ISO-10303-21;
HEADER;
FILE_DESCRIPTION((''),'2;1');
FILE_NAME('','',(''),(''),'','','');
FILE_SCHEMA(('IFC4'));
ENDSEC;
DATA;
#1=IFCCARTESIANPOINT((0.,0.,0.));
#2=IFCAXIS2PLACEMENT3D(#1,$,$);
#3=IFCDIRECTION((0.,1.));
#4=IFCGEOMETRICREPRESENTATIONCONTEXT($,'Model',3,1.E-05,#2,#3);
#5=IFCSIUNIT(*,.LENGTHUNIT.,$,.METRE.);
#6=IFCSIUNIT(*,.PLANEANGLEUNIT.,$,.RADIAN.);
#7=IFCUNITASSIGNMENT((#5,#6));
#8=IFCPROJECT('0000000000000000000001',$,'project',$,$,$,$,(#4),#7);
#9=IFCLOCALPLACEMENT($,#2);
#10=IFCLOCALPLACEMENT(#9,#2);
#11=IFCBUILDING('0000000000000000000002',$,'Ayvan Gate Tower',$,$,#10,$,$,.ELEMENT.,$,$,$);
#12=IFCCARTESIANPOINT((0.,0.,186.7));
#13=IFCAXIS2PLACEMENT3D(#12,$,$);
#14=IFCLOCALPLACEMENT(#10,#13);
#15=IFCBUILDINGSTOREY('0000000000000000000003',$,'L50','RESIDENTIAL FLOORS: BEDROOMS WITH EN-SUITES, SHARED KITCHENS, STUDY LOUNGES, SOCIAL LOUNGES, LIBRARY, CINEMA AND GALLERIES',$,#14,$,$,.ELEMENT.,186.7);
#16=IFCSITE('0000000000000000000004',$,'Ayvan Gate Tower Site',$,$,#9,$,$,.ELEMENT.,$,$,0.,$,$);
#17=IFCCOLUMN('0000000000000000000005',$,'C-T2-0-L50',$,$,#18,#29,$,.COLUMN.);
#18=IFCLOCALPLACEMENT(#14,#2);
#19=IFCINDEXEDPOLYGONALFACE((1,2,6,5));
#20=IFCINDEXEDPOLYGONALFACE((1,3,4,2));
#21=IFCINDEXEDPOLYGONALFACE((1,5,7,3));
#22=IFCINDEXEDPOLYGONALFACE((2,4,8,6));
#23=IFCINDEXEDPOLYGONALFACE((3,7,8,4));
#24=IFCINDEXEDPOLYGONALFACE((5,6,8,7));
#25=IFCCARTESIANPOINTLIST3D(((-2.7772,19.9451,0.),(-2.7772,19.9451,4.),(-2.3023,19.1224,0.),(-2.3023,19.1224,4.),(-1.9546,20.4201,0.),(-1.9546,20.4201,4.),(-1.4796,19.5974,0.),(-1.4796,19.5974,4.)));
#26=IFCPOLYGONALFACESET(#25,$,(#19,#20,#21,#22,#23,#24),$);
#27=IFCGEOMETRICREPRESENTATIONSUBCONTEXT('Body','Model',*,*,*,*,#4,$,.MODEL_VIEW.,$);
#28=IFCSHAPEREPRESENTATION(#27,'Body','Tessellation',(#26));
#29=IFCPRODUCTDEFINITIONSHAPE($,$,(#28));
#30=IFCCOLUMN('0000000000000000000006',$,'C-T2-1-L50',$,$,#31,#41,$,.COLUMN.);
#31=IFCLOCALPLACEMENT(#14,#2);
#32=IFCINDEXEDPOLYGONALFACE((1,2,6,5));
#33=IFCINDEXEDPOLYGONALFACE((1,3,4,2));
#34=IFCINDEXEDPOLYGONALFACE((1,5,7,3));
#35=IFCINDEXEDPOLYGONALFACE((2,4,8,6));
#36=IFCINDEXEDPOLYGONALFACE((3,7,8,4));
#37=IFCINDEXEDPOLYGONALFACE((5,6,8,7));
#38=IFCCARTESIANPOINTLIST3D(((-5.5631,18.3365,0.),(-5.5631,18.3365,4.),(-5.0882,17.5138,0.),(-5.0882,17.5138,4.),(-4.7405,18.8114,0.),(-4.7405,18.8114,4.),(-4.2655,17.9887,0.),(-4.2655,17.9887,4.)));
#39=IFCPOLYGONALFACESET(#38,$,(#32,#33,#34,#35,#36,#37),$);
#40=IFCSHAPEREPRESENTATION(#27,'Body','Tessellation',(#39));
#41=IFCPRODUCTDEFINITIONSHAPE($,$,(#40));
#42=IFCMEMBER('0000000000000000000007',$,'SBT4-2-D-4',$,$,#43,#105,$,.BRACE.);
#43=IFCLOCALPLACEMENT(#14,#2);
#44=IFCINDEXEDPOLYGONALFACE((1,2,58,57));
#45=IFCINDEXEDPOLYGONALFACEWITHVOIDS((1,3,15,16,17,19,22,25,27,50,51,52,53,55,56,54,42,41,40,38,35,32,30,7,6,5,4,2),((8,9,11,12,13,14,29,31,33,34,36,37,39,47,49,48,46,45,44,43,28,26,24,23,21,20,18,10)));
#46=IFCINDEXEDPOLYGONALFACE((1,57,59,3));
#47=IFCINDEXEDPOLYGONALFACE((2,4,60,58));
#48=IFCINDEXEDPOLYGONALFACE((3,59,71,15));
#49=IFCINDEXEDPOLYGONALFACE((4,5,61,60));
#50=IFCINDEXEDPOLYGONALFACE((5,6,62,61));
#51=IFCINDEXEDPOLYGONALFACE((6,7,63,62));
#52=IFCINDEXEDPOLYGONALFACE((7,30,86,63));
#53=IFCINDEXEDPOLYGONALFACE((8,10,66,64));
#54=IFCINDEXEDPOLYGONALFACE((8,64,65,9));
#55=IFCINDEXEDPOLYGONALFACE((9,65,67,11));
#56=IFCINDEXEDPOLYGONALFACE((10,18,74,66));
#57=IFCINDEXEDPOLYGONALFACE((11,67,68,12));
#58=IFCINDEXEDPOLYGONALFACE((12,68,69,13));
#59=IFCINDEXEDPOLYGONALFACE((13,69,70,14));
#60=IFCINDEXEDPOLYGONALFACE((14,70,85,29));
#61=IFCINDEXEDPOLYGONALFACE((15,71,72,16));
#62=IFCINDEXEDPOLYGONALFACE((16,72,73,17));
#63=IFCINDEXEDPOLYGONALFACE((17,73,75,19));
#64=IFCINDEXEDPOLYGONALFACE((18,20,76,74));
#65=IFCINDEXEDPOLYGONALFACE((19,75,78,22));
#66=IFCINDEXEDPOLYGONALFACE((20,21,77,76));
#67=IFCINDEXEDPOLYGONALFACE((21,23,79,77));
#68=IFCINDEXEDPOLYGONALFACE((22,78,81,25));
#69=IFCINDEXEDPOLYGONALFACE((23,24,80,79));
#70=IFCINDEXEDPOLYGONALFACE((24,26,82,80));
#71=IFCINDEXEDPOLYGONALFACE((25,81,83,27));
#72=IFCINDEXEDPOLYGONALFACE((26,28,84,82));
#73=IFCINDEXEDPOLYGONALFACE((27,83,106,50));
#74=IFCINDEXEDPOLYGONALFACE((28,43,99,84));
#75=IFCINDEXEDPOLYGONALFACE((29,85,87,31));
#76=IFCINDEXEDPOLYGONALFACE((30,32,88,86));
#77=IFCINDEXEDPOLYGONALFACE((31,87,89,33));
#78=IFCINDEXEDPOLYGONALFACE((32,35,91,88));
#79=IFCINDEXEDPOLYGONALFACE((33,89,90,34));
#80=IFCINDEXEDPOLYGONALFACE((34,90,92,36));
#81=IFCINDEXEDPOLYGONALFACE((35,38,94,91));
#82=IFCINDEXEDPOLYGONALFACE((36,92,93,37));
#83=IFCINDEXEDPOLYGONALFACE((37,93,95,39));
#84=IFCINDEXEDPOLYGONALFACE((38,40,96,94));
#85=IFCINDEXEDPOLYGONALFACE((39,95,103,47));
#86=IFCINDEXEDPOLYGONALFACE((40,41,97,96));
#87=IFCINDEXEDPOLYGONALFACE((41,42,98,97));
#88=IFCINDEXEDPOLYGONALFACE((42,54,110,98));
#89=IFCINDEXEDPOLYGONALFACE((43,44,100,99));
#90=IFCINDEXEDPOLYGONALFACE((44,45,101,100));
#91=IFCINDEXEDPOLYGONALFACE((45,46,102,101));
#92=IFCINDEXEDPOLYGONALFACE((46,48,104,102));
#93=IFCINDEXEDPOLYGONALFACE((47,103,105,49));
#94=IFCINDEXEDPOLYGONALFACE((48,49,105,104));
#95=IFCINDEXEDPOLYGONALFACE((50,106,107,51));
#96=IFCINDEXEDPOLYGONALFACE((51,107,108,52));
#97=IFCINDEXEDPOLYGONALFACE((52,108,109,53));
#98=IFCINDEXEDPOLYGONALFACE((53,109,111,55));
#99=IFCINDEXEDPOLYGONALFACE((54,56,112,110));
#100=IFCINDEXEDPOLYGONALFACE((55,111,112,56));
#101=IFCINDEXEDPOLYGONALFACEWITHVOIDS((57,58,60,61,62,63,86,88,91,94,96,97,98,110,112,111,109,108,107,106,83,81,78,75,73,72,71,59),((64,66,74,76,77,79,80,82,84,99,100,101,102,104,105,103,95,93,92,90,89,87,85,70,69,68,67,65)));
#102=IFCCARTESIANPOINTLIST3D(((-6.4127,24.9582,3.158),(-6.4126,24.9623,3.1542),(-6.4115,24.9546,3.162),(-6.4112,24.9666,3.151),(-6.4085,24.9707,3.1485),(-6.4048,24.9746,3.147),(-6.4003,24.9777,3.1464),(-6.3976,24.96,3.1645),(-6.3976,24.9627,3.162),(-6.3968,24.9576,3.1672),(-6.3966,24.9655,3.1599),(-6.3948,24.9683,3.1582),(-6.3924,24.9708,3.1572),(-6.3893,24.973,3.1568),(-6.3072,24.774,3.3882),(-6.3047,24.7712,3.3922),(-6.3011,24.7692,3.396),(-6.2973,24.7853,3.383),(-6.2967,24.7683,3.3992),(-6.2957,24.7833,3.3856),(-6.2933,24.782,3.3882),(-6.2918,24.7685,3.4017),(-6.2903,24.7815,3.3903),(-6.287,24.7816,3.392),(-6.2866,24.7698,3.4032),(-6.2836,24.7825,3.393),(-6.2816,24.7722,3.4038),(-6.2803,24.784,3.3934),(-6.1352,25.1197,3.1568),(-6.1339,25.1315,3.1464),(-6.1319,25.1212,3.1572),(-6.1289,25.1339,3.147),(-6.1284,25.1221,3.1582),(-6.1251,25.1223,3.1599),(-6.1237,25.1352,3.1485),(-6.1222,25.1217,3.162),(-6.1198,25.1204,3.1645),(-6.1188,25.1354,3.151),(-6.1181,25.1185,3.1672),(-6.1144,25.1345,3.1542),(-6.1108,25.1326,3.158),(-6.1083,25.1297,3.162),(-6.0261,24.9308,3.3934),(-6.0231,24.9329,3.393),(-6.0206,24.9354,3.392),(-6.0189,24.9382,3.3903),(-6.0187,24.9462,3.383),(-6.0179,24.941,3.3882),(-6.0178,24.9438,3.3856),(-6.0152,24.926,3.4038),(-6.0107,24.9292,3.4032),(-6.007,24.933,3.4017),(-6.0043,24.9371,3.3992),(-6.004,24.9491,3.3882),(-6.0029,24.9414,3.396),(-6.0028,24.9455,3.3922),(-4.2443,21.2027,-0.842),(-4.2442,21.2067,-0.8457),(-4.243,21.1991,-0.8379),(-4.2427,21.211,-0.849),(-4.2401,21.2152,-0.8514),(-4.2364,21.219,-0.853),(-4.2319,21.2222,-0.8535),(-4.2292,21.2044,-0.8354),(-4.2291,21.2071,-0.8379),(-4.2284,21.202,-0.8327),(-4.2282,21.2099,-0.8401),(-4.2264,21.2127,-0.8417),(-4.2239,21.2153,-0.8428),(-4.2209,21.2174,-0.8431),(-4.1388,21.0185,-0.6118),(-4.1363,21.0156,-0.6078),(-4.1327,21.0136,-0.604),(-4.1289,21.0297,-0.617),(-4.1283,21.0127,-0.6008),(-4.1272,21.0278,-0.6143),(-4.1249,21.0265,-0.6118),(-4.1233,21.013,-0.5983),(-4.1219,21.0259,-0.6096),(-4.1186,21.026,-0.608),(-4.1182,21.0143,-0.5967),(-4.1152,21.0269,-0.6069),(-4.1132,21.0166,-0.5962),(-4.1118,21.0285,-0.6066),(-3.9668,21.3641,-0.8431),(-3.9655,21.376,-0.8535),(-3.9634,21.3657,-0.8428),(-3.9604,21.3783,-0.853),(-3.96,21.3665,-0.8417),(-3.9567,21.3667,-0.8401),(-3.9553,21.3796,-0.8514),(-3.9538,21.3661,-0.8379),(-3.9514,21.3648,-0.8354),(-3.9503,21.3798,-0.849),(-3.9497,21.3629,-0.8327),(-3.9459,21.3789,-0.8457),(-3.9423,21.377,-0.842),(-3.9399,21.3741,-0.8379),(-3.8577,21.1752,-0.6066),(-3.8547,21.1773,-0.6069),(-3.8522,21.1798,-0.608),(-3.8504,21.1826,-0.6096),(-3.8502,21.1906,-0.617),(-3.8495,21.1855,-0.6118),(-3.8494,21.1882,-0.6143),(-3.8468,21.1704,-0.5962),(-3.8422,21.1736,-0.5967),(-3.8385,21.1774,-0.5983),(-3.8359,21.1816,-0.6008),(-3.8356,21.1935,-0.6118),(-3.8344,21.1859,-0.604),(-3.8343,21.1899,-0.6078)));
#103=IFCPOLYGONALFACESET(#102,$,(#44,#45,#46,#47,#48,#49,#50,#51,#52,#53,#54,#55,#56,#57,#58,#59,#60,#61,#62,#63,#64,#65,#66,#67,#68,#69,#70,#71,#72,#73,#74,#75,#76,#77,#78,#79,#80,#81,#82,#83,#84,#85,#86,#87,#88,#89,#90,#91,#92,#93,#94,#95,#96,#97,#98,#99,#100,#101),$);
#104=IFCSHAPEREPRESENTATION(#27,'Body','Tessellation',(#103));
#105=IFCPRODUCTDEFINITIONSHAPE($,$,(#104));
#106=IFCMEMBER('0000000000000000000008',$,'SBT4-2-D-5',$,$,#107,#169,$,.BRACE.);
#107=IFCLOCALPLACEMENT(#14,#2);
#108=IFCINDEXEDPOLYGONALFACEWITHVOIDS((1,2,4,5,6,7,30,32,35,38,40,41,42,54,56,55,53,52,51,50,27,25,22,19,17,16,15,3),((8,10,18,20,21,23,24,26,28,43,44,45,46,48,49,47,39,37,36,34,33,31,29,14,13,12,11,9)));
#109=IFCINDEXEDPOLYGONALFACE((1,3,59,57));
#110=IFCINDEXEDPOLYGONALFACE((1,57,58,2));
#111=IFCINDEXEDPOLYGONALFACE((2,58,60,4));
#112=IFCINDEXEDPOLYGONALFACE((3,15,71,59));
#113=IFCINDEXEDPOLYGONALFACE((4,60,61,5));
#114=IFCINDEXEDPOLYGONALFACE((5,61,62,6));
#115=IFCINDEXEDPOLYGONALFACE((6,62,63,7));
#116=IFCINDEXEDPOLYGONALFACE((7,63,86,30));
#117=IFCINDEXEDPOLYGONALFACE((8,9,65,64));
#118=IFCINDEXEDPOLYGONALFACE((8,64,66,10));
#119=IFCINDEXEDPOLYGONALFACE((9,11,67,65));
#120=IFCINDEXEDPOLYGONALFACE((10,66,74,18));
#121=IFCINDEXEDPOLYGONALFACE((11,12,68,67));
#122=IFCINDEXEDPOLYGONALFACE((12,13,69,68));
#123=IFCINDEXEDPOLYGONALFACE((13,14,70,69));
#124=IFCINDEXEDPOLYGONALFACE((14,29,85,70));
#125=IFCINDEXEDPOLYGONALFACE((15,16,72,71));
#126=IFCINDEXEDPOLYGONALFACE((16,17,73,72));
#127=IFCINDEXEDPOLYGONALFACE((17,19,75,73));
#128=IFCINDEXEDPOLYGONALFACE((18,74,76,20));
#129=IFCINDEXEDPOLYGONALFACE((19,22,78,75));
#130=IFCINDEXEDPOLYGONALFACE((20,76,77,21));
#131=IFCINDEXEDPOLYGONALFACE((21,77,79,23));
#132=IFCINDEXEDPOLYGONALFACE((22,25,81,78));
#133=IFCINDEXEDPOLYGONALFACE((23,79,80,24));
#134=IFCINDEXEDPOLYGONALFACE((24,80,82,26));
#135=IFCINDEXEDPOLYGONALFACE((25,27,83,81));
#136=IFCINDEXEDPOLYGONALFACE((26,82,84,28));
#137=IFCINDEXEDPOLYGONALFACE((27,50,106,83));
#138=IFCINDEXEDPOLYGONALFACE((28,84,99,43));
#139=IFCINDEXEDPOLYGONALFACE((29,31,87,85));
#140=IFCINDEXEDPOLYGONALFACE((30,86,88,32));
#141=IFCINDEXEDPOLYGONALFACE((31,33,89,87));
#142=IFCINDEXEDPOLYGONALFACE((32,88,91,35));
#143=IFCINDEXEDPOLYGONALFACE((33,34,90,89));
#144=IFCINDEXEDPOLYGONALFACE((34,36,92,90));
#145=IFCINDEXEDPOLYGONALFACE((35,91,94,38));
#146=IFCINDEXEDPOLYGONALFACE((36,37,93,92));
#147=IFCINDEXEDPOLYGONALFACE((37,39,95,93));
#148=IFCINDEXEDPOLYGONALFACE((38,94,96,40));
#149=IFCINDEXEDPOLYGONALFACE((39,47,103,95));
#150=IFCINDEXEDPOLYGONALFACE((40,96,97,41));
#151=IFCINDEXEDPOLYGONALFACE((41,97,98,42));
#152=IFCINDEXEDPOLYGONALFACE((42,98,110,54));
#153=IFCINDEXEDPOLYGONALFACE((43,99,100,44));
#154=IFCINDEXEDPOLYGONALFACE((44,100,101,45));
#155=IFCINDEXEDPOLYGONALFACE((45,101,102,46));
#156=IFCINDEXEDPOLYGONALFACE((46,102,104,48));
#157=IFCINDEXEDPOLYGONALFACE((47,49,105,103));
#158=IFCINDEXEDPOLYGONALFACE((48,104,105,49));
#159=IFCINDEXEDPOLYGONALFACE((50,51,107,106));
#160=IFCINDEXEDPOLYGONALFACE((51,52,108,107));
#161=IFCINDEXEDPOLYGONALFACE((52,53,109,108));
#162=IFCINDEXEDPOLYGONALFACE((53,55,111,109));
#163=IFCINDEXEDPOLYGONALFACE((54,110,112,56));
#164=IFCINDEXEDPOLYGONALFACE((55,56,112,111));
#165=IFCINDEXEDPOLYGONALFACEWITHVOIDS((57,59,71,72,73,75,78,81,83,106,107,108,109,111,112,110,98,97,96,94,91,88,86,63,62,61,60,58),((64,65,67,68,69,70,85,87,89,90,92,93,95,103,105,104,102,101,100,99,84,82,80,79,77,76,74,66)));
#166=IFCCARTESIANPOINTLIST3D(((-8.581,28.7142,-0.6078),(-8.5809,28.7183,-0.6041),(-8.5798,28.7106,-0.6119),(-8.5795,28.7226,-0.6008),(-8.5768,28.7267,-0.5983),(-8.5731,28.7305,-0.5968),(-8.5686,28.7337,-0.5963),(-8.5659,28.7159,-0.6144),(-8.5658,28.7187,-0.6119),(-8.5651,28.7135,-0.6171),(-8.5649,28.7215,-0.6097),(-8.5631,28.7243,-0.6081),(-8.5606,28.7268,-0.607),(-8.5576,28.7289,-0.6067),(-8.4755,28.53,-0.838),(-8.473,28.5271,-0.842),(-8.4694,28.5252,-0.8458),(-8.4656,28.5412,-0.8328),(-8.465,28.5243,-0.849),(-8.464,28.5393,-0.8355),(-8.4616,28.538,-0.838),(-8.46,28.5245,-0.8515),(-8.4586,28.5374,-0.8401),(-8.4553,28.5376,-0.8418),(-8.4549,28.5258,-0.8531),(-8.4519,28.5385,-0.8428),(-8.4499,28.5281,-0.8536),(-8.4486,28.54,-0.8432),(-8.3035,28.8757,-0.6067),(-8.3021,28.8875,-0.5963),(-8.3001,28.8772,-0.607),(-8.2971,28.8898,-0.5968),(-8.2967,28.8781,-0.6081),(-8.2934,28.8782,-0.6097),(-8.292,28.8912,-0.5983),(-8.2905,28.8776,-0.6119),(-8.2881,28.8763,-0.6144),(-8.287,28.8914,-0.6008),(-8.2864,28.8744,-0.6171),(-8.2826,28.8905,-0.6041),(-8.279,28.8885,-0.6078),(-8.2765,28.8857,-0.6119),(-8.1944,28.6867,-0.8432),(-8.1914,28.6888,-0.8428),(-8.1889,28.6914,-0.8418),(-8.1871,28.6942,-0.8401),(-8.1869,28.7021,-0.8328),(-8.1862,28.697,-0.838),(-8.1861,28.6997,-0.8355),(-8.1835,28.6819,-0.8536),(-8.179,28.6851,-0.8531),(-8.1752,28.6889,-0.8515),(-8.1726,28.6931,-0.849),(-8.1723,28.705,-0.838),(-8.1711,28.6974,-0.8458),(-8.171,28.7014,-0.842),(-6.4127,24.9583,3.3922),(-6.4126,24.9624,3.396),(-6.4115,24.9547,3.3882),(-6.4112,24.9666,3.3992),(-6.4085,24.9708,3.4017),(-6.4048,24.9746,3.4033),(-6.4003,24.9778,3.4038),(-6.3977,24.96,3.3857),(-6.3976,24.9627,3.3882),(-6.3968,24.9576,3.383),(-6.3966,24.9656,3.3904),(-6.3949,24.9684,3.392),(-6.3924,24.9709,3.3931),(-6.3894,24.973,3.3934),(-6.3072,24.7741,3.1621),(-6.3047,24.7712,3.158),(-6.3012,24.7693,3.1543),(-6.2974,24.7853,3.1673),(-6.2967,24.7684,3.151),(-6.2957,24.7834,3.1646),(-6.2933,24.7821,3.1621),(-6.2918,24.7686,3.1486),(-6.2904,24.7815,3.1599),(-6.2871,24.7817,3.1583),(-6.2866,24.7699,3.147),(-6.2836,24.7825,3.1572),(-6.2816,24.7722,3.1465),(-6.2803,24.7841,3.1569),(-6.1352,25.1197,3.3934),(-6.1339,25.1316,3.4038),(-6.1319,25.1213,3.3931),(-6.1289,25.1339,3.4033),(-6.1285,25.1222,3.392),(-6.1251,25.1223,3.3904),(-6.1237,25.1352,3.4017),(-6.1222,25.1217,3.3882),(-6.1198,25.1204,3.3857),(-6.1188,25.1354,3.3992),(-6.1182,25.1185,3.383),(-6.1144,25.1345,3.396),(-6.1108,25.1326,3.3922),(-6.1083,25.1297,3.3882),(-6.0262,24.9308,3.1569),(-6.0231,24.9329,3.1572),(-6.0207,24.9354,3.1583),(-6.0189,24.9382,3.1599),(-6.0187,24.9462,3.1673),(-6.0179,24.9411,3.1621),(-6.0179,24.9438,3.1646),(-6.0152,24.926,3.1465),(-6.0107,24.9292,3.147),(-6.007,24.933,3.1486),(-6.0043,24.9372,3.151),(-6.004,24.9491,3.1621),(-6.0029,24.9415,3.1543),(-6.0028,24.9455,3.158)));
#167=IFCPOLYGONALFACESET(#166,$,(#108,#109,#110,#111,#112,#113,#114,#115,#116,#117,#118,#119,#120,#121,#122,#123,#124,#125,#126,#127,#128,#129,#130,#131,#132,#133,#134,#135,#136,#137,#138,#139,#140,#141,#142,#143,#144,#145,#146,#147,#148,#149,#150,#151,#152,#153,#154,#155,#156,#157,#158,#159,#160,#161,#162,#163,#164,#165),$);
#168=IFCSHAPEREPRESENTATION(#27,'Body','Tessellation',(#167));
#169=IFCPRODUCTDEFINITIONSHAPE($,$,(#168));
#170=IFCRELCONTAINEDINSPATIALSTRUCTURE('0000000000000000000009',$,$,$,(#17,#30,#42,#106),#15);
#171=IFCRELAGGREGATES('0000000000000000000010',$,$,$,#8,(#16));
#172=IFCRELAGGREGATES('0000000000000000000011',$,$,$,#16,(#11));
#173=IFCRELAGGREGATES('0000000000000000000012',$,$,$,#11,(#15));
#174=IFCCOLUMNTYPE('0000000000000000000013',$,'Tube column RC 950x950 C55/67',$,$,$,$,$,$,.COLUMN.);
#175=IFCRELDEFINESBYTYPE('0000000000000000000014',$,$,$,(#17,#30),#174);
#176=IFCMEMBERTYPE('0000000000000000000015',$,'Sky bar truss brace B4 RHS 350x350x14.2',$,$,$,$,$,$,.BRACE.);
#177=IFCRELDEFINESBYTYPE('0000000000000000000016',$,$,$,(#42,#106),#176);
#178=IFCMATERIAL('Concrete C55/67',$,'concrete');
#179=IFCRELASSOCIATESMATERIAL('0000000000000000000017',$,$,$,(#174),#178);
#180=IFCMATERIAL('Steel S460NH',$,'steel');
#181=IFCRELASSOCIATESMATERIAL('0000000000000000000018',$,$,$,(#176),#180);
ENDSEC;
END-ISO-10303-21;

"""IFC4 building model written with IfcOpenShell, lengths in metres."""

from ifc_helpers import new_model, si_unit, direction, frame, origin, origin_2d, place, context, subcontext, project, spatial, rectangle, hollow_rectangle, extrude, material, material_profile, profile_set, type_object, element, save


model = new_model("IFC4")

# Units and contexts
model_context = context("Model", 3, precision=1e-05, world=origin(), true_north=direction((0.0, 1.0)))
body_context = subcontext(model_context, "Body", "Model", "MODEL_VIEW")
ifc_project = project(units=[si_unit("LENGTHUNIT", "METRE"), si_unit("PLANEANGLEUNIT", "RADIAN")], contexts=[model_context])

# Site, building, storey
site_placement = place(None, origin())
site = spatial("IfcSite", under=ifc_project, at=site_placement, Name="Ayvan Gate Tower Site", CompositionType="ELEMENT", RefElevation=0.0)
building_placement = place(site_placement, origin())
building = spatial("IfcBuilding", under=site, at=building_placement, Name="Ayvan Gate Tower", CompositionType="ELEMENT")
storey_placement = place(building_placement, frame((0.0, 0.0, 186.7)))
storey = spatial("IfcBuildingStorey", under=building, at=storey_placement, Name="L50", Description="RESIDENTIAL FLOORS: BEDROOMS WITH EN-SUITES, SHARED KITCHENS, STUDY LOUNGES, SOCIAL LOUNGES, LIBRARY, CINEMA AND GALLERIES", CompositionType="ELEMENT", Elevation=186.7)

# Columns
ifc_material_1 = material(Name="Concrete C55/67", Category="concrete")
ifc_material_profile_1 = material_profile(ifc_material_1, rectangle(XDim=0.95, YDim=0.95, at=origin_2d()), Name="RC 950x950")
ifc_profile_set_1 = profile_set([ifc_material_profile_1], Name="Concrete C55/67")
column_type = type_object("IfcColumnType", Name="Tube column RC 950x950 C55/67", PredefinedType="COLUMN", material=ifc_profile_set_1)
for number, where, z_axis, x_axis, name in (
    (1, (-2.1284, 19.7712, 0.0), (0.0, 0.0, 1.0), (-0.5, 0.866025, 0.0), "C-T2-0-L50"),
    (2, (-4.9143, 18.1626, 0.0), (0.0, 0.0, 1.0), (-0.5, 0.866025, 0.0), "C-T2-1-L50"),
):
    element("IfcColumn", number, at=place(storey_placement, frame(where, z_axis=z_axis, x_axis=x_axis)), inside=storey, type_object=column_type, Name=name, PredefinedType="COLUMN", context=body_context, shape_type="SweptSolid", body=[
        extrude(rectangle(XDim=0.95, YDim=0.95, at=origin_2d()), origin(), (0.0, 0.0, 1.0), 4.0),
    ])

# Members
ifc_material_2 = material(Name="Steel S460NH", Category="steel")
ifc_material_profile_2 = material_profile(ifc_material_2, hollow_rectangle(XDim=0.3501, YDim=0.3501, WallThickness=0.0142, InnerFilletRadius=0.0142, OuterFilletRadius=0.0212, at=origin_2d()), Name="RHS 350x350x14.2")
ifc_profile_set_2 = profile_set([ifc_material_profile_2], Name="Steel S460NH")
member_type_1 = type_object("IfcMemberType", Name="Sky bar truss brace B4 RHS 350x350x14.2", PredefinedType="BRACE", material=ifc_profile_set_2)
member_1_placement = place(storey_placement, frame((-4.0393, 21.1963, -0.7249), z_axis=(-0.367552, 0.636574, 0.677997), x_axis=(-0.86601, -0.500026, 0.0)))
element("IfcMember", 3, at=member_1_placement, inside=storey, type_object=member_type_1, Name="SBT4-2-D-4", PredefinedType="BRACE", context=body_context, shape_type="SweptSolid", body=[
    extrude(hollow_rectangle(XDim=0.3501, YDim=0.3501, WallThickness=0.0142, InnerFilletRadius=0.0142, OuterFilletRadius=0.0212, at=origin_2d()), origin(), (0.0, 0.0, 1.0), 5.8997),
])
member_2_placement = place(storey_placement, frame((-6.2078, 24.9519, 3.2751), z_axis=(-0.367506, 0.636608, -0.677989), x_axis=(-0.866049, -0.49996, 0.0)))
element("IfcMember", 4, at=member_2_placement, inside=storey, type_object=member_type_1, Name="SBT4-2-D-5", PredefinedType="BRACE", context=body_context, shape_type="SweptSolid", body=[
    extrude(hollow_rectangle(XDim=0.3501, YDim=0.3501, WallThickness=0.0142, InnerFilletRadius=0.0142, OuterFilletRadius=0.0212, at=origin_2d()), origin(), (0.0, 0.0, 1.0), 5.8999),
])

save(model, "model.ifc")
